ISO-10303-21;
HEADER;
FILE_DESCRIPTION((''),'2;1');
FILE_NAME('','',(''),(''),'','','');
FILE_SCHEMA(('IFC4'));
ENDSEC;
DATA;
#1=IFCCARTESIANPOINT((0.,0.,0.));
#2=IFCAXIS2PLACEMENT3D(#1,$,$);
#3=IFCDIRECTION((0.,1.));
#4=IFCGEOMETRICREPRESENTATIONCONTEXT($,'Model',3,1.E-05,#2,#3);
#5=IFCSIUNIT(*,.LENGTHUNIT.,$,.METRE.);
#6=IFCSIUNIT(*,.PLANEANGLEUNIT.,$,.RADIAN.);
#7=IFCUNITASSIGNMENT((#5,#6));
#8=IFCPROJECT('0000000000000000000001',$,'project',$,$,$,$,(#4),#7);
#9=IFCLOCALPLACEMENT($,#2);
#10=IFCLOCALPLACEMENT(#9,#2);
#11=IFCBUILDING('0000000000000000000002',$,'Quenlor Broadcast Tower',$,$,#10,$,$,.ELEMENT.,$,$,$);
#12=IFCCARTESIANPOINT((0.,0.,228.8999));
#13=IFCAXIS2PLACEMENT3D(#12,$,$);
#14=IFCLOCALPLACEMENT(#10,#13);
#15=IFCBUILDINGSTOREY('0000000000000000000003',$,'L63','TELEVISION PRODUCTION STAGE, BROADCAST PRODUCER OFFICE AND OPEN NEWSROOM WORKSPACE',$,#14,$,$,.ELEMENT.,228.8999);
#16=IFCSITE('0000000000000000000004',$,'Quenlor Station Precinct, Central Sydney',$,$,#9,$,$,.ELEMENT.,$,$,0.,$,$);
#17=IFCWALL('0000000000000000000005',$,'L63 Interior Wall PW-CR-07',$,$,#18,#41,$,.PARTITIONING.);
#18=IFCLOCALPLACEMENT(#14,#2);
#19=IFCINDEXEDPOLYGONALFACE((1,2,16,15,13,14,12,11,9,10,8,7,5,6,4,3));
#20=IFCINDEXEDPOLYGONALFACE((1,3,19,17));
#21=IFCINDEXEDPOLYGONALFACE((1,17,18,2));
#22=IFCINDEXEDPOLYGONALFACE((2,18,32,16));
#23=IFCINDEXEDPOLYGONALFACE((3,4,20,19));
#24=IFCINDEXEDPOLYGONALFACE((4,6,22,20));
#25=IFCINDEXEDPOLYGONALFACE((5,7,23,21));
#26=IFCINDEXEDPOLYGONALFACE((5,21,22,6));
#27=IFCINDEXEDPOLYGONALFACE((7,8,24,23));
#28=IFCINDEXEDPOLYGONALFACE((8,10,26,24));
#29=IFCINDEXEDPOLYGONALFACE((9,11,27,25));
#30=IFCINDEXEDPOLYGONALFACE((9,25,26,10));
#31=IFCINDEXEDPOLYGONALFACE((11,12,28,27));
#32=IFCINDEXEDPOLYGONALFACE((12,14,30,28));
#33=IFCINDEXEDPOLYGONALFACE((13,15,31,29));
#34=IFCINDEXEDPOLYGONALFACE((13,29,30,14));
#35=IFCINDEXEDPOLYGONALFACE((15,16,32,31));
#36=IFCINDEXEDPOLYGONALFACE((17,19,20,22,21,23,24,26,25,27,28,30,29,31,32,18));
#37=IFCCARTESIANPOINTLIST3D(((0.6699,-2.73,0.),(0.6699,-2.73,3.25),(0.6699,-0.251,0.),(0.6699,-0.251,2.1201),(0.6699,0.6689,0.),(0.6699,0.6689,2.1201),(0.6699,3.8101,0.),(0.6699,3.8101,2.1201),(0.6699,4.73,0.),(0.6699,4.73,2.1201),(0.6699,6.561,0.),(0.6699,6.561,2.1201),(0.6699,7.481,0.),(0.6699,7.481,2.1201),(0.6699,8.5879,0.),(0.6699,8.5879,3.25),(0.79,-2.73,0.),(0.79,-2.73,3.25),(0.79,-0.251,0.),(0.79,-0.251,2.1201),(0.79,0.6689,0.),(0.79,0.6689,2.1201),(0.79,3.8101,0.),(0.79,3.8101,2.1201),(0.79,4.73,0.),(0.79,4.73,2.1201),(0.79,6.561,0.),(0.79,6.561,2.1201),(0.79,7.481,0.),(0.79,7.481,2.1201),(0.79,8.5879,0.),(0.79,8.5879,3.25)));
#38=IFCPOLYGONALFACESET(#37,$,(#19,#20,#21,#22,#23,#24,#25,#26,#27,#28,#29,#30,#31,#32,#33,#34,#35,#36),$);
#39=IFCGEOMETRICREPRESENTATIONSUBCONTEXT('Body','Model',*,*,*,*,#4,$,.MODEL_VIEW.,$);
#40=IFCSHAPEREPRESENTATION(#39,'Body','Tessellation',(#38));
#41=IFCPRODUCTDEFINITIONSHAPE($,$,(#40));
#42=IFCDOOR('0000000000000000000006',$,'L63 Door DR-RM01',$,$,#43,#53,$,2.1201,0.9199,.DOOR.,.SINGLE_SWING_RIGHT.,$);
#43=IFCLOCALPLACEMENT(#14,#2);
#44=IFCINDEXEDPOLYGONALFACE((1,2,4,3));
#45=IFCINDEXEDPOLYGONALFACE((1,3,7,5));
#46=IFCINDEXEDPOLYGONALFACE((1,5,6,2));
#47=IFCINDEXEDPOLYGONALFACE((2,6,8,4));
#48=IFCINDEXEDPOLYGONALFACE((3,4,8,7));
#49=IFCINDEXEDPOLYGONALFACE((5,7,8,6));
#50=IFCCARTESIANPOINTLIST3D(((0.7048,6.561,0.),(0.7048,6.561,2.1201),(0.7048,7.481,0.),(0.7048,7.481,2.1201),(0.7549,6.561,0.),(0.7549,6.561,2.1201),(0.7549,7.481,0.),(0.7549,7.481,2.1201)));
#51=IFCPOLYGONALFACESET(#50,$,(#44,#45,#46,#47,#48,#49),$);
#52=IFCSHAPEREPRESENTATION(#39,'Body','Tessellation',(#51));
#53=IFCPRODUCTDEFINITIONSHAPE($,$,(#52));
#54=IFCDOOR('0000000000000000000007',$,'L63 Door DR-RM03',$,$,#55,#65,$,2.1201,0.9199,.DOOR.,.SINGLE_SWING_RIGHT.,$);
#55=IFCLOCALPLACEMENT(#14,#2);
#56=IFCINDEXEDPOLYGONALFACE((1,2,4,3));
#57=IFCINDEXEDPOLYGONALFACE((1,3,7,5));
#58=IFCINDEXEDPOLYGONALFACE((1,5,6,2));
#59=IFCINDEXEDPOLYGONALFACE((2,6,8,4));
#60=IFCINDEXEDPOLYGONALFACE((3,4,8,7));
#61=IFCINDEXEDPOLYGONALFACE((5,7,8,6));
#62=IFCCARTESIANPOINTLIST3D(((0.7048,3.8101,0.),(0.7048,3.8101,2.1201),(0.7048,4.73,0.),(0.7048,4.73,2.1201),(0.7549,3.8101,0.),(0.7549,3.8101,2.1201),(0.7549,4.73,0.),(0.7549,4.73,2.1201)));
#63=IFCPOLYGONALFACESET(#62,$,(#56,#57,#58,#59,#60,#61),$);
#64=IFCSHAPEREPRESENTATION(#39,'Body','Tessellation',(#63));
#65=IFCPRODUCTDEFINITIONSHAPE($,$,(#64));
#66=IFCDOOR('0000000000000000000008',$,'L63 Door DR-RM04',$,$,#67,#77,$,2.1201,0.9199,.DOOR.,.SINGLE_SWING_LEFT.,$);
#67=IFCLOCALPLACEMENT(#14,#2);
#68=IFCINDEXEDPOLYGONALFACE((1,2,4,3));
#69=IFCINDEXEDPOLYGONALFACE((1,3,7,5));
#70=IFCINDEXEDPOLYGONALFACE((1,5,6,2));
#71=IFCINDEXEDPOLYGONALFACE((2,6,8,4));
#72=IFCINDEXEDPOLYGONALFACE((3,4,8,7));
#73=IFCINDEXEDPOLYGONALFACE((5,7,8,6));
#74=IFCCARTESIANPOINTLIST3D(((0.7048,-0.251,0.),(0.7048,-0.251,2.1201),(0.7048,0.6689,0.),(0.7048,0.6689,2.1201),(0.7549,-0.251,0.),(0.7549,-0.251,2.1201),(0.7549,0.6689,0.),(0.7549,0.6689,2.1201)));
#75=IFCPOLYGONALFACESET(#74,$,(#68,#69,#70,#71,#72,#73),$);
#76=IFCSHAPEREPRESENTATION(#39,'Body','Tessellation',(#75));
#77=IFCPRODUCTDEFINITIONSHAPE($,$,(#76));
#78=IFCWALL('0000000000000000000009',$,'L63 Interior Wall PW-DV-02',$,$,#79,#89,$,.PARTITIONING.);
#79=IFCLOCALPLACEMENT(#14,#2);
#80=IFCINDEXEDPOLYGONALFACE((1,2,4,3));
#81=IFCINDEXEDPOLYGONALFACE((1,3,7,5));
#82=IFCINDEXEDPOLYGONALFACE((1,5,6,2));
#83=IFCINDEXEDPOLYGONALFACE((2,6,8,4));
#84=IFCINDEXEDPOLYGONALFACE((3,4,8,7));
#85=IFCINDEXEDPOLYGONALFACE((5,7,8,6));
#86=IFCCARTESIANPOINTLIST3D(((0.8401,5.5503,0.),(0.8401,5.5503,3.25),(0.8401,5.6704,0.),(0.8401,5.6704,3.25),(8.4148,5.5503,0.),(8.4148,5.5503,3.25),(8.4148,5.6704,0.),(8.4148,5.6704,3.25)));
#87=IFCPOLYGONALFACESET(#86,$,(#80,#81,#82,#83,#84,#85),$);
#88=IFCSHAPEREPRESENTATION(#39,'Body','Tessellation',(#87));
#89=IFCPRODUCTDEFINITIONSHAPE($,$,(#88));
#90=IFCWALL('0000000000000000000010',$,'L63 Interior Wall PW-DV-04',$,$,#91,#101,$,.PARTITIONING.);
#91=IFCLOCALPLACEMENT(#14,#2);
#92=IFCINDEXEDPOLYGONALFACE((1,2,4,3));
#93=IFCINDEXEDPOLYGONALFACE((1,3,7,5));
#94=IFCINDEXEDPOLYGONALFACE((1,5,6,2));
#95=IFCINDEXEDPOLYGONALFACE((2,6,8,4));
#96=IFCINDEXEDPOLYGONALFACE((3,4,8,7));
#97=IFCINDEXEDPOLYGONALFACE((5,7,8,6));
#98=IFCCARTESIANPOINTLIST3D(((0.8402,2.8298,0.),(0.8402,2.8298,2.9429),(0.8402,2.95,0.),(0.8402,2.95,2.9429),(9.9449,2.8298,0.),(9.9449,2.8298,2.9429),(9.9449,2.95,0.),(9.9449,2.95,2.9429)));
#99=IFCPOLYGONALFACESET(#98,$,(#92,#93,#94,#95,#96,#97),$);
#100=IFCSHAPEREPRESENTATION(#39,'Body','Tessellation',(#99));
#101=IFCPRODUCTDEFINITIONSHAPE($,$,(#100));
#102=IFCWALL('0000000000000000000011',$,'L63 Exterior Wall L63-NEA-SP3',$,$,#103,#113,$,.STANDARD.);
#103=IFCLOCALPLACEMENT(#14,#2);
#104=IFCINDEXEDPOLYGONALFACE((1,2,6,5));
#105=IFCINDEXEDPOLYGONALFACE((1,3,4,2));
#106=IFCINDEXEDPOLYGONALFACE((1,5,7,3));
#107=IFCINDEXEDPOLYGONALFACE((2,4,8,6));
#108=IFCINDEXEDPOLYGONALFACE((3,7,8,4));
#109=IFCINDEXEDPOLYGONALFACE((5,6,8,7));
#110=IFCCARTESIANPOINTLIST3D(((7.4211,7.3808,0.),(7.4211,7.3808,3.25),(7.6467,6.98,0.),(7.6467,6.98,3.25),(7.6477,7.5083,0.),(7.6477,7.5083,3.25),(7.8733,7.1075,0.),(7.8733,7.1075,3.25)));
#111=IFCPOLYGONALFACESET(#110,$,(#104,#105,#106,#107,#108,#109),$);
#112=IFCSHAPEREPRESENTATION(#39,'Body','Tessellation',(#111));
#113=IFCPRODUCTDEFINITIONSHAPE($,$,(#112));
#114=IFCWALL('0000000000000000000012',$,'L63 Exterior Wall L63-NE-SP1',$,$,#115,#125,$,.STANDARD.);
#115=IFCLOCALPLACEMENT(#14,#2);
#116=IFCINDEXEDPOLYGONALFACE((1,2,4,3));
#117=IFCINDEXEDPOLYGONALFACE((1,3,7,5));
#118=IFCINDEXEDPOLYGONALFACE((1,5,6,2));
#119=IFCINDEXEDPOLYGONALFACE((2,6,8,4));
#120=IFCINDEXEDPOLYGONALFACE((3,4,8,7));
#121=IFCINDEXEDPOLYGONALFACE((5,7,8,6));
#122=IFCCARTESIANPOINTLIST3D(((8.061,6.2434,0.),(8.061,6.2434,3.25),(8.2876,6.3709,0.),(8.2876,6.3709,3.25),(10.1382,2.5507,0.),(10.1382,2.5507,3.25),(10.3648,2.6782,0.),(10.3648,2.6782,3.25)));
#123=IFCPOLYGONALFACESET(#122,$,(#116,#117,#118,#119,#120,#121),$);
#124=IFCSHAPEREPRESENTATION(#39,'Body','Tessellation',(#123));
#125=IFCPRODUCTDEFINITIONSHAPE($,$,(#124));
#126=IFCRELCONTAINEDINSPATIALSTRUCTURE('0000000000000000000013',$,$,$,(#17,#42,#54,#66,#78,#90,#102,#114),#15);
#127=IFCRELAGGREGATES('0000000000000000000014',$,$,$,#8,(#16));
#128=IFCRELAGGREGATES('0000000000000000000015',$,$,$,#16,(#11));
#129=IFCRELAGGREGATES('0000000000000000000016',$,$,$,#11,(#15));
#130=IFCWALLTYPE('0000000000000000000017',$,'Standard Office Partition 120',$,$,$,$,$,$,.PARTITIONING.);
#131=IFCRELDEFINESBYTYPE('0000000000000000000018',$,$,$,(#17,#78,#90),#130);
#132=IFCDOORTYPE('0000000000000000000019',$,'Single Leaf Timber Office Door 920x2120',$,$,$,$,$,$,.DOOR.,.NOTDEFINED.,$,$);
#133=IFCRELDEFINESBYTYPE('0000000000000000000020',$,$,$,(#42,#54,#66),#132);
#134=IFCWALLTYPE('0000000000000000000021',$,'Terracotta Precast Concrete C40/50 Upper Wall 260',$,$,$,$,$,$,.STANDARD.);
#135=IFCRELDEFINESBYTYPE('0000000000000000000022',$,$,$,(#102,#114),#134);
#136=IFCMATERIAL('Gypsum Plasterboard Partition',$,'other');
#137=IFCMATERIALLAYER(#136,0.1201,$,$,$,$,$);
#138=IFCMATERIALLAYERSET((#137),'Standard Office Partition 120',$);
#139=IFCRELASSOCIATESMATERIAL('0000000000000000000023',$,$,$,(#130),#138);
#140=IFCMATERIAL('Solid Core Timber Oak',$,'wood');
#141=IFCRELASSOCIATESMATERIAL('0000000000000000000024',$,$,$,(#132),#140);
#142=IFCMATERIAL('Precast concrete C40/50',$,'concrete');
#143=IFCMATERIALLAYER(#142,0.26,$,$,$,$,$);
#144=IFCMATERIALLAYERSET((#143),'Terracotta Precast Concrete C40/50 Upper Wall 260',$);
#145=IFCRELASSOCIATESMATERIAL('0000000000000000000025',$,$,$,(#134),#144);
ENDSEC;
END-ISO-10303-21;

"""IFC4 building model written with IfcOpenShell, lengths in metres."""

from ifc_helpers import new_model, si_unit, direction, frame, frame_2d, origin, place, context, subcontext, project, spatial, rectangle, extrude, material, layer, layer_set, type_object, element, fill, save


model = new_model("IFC4")

# Units and contexts
model_context = context("Model", 3, precision=1e-05, world=origin(), true_north=direction((0.0, 1.0)))
body_context = subcontext(model_context, "Body", "Model", "MODEL_VIEW")
ifc_project = project(units=[si_unit("LENGTHUNIT", "METRE"), si_unit("PLANEANGLEUNIT", "RADIAN")], contexts=[model_context])

# Site, building, storey
site_placement = place(None, origin())
site = spatial("IfcSite", under=ifc_project, at=site_placement, Name="Quenlor Station Precinct, Central Sydney", CompositionType="ELEMENT", RefElevation=0.0)
building_placement = place(site_placement, origin())
building = spatial("IfcBuilding", under=site, at=building_placement, Name="Quenlor Broadcast Tower", CompositionType="ELEMENT")
storey_placement = place(building_placement, frame((0.0, 0.0, 228.8999)))
storey = spatial("IfcBuildingStorey", under=building, at=storey_placement, Name="L63", Description="TELEVISION PRODUCTION STAGE, BROADCAST PRODUCER OFFICE AND OPEN NEWSROOM WORKSPACE", CompositionType="ELEMENT", Elevation=228.8999)

# Wall, openings, doors
ifc_material_1 = material(Name="Gypsum Plasterboard Partition", Category="other")
ifc_layer_1 = layer(ifc_material_1, 0.1201)
ifc_layer_set_1 = layer_set([ifc_layer_1], Name="Standard Office Partition 120")
wall_type_1 = type_object("IfcWallType", Name="Standard Office Partition 120", PredefinedType="PARTITIONING", material=ifc_layer_set_1)
wall_1_placement = place(storey_placement, frame((0.73, 8.5879, 0.0), z_axis=(0.0, 0.0, 1.0), x_axis=(0.0, -1.0, 0.0)))
wall_1 = element("IfcWall", 1, at=wall_1_placement, inside=storey, type_object=wall_type_1, Name="L63 Interior Wall PW-CR-07", PredefinedType="PARTITIONING", context=body_context, shape_type="SweptSolid", body=[
    extrude(rectangle(XDim=11.3179, YDim=0.1201, at=frame_2d((5.6589, 0.0))), origin(), (0.0, 0.0, 1.0), 3.25),
])
opening_1_placement = place(wall_1_placement, frame((1.1069, 0.0, 0.0)))
opening_1 = element("IfcOpeningElement", 2, at=opening_1_placement, cuts=wall_1, PredefinedType="OPENING", context=body_context, shape_type="SweptSolid", body=[
    extrude(rectangle(XDim=0.9199, YDim=2.1201, at=frame_2d((0.46, 1.0601))), frame((0.0, 0.0701, 0.0), z_axis=(0.0, -1.0, 0.0), x_axis=(1.0, 0.0, 0.0)), (0.0, 0.0, 1.0), 0.1401),
])
opening_2_placement = place(wall_1_placement, frame((3.8579, 0.0, 0.0)))
opening_2 = element("IfcOpeningElement", 3, at=opening_2_placement, cuts=wall_1, PredefinedType="OPENING", context=body_context, shape_type="SweptSolid", body=[
    extrude(rectangle(XDim=0.9199, YDim=2.1201, at=frame_2d((0.46, 1.0601))), frame((0.0, 0.0701, 0.0), z_axis=(0.0, -1.0, 0.0), x_axis=(1.0, 0.0, 0.0)), (0.0, 0.0, 1.0), 0.1401),
])
opening_3_placement = place(wall_1_placement, frame((7.9189, 0.0, 0.0)))
opening_3 = element("IfcOpeningElement", 4, at=opening_3_placement, cuts=wall_1, PredefinedType="OPENING", context=body_context, shape_type="SweptSolid", body=[
    extrude(rectangle(XDim=0.9199, YDim=2.1201, at=frame_2d((0.46, 1.0601))), frame((0.0, 0.0701, 0.0), z_axis=(0.0, -1.0, 0.0), x_axis=(1.0, 0.0, 0.0)), (0.0, 0.0, 1.0), 0.1401),
])
ifc_material_2 = material(Name="Solid Core Timber Oak", Category="wood")
door_type = type_object("IfcDoorType", Name="Single Leaf Timber Office Door 920x2120", OperationType="NOTDEFINED", PredefinedType="DOOR", material=ifc_material_2)
door_1_placement = place(opening_1_placement, origin())
door_1 = element("IfcDoor", 5, at=door_1_placement, inside=storey, type_object=door_type, Name="L63 Door DR-RM01", OperationType="SINGLE_SWING_RIGHT", OverallHeight=2.1201, OverallWidth=0.9199, PredefinedType="DOOR", context=body_context, shape_type="SweptSolid", body=[
    extrude(rectangle(XDim=0.9199, YDim=2.1201, at=frame_2d((0.46, 1.0601))), frame((0.0, 0.0249, 0.0), z_axis=(0.0, -1.0, 0.0), x_axis=(1.0, 0.0, 0.0)), (0.0, 0.0, 1.0), 0.05),
])
fill(opening_1, door_1)
door_2_placement = place(opening_2_placement, origin())
door_2 = element("IfcDoor", 6, at=door_2_placement, inside=storey, type_object=door_type, Name="L63 Door DR-RM03", OperationType="SINGLE_SWING_RIGHT", OverallHeight=2.1201, OverallWidth=0.9199, PredefinedType="DOOR", context=body_context, shape_type="SweptSolid", body=[
    extrude(rectangle(XDim=0.9199, YDim=2.1201, at=frame_2d((0.46, 1.0601))), frame((0.0, 0.0249, 0.0), z_axis=(0.0, -1.0, 0.0), x_axis=(1.0, 0.0, 0.0)), (0.0, 0.0, 1.0), 0.05),
])
fill(opening_2, door_2)
door_3_placement = place(opening_3_placement, origin())
door_3 = element("IfcDoor", 7, at=door_3_placement, inside=storey, type_object=door_type, Name="L63 Door DR-RM04", OperationType="SINGLE_SWING_LEFT", OverallHeight=2.1201, OverallWidth=0.9199, PredefinedType="DOOR", context=body_context, shape_type="SweptSolid", body=[
    extrude(rectangle(XDim=0.9199, YDim=2.1201, at=frame_2d((0.46, 1.0601))), frame((0.0, 0.0249, 0.0), z_axis=(0.0, -1.0, 0.0), x_axis=(1.0, 0.0, 0.0)), (0.0, 0.0, 1.0), 0.05),
])
fill(opening_3, door_3)

# Walls
wall_2_placement = place(storey_placement, frame((8.4148, 5.6104, 0.0), z_axis=(0.0, 0.0, 1.0), x_axis=(-1.0, 0.0, 0.0)))
element("IfcWall", 8, at=wall_2_placement, inside=storey, type_object=wall_type_1, Name="L63 Interior Wall PW-DV-02", PredefinedType="PARTITIONING", context=body_context, shape_type="SweptSolid", body=[
    extrude(rectangle(XDim=7.5747, YDim=0.1201, at=frame_2d((3.7874, 0.0))), origin(), (0.0, 0.0, 1.0), 3.25),
])
wall_3_placement = place(storey_placement, frame((9.9448, 2.8899, 0.0), z_axis=(0.0, 0.0, 1.0), x_axis=(-1.0, 0.0, 0.0)))
element("IfcWall", 9, at=wall_3_placement, inside=storey, type_object=wall_type_1, Name="L63 Interior Wall PW-DV-04", PredefinedType="PARTITIONING", context=body_context, shape_type="SweptSolid", body=[
    extrude(rectangle(XDim=9.1047, YDim=0.1201, at=frame_2d((4.5522, 0.0))), origin(), (0.0, 0.0, 1.0), 2.9429),
])
ifc_material_3 = material(Name="Precast concrete C40/50", Category="concrete")
ifc_layer_2 = layer(ifc_material_3, 0.26)
ifc_layer_set_2 = layer_set([ifc_layer_2], Name="Terracotta Precast Concrete C40/50 Upper Wall 260")
wall_type_2 = type_object("IfcWallType", Name="Terracotta Precast Concrete C40/50 Upper Wall 260", PredefinedType="STANDARD", material=ifc_layer_set_2)
wall_4_placement = place(storey_placement, frame((7.5344, 7.4446, 0.0), z_axis=(0.0, 0.0, 1.0), x_axis=(0.490412, -0.87149, 0.0)))
element("IfcWall", 10, at=wall_4_placement, inside=storey, type_object=wall_type_2, Name="L63 Exterior Wall L63-NEA-SP3", PredefinedType="STANDARD", context=body_context, shape_type="SweptSolid", body=[
    extrude(rectangle(XDim=0.46, YDim=0.26, at=frame_2d((0.23, 0.0))), origin(), (0.0, 0.0, 1.0), 3.25),
])
wall_5_placement = place(storey_placement, frame((8.1743, 6.3071, 0.0), z_axis=(0.0, 0.0, 1.0), x_axis=(0.490269, -0.871571, 0.0)))
element("IfcWall", 11, at=wall_5_placement, inside=storey, type_object=wall_type_2, Name="L63 Exterior Wall L63-NE-SP1", PredefinedType="STANDARD", context=body_context, shape_type="SweptSolid", body=[
    extrude(rectangle(XDim=4.2368, YDim=0.26, at=frame_2d((2.1184, 0.0))), origin(), (0.0, 0.0, 1.0), 3.25),
])

save(model, "model.ifc")
